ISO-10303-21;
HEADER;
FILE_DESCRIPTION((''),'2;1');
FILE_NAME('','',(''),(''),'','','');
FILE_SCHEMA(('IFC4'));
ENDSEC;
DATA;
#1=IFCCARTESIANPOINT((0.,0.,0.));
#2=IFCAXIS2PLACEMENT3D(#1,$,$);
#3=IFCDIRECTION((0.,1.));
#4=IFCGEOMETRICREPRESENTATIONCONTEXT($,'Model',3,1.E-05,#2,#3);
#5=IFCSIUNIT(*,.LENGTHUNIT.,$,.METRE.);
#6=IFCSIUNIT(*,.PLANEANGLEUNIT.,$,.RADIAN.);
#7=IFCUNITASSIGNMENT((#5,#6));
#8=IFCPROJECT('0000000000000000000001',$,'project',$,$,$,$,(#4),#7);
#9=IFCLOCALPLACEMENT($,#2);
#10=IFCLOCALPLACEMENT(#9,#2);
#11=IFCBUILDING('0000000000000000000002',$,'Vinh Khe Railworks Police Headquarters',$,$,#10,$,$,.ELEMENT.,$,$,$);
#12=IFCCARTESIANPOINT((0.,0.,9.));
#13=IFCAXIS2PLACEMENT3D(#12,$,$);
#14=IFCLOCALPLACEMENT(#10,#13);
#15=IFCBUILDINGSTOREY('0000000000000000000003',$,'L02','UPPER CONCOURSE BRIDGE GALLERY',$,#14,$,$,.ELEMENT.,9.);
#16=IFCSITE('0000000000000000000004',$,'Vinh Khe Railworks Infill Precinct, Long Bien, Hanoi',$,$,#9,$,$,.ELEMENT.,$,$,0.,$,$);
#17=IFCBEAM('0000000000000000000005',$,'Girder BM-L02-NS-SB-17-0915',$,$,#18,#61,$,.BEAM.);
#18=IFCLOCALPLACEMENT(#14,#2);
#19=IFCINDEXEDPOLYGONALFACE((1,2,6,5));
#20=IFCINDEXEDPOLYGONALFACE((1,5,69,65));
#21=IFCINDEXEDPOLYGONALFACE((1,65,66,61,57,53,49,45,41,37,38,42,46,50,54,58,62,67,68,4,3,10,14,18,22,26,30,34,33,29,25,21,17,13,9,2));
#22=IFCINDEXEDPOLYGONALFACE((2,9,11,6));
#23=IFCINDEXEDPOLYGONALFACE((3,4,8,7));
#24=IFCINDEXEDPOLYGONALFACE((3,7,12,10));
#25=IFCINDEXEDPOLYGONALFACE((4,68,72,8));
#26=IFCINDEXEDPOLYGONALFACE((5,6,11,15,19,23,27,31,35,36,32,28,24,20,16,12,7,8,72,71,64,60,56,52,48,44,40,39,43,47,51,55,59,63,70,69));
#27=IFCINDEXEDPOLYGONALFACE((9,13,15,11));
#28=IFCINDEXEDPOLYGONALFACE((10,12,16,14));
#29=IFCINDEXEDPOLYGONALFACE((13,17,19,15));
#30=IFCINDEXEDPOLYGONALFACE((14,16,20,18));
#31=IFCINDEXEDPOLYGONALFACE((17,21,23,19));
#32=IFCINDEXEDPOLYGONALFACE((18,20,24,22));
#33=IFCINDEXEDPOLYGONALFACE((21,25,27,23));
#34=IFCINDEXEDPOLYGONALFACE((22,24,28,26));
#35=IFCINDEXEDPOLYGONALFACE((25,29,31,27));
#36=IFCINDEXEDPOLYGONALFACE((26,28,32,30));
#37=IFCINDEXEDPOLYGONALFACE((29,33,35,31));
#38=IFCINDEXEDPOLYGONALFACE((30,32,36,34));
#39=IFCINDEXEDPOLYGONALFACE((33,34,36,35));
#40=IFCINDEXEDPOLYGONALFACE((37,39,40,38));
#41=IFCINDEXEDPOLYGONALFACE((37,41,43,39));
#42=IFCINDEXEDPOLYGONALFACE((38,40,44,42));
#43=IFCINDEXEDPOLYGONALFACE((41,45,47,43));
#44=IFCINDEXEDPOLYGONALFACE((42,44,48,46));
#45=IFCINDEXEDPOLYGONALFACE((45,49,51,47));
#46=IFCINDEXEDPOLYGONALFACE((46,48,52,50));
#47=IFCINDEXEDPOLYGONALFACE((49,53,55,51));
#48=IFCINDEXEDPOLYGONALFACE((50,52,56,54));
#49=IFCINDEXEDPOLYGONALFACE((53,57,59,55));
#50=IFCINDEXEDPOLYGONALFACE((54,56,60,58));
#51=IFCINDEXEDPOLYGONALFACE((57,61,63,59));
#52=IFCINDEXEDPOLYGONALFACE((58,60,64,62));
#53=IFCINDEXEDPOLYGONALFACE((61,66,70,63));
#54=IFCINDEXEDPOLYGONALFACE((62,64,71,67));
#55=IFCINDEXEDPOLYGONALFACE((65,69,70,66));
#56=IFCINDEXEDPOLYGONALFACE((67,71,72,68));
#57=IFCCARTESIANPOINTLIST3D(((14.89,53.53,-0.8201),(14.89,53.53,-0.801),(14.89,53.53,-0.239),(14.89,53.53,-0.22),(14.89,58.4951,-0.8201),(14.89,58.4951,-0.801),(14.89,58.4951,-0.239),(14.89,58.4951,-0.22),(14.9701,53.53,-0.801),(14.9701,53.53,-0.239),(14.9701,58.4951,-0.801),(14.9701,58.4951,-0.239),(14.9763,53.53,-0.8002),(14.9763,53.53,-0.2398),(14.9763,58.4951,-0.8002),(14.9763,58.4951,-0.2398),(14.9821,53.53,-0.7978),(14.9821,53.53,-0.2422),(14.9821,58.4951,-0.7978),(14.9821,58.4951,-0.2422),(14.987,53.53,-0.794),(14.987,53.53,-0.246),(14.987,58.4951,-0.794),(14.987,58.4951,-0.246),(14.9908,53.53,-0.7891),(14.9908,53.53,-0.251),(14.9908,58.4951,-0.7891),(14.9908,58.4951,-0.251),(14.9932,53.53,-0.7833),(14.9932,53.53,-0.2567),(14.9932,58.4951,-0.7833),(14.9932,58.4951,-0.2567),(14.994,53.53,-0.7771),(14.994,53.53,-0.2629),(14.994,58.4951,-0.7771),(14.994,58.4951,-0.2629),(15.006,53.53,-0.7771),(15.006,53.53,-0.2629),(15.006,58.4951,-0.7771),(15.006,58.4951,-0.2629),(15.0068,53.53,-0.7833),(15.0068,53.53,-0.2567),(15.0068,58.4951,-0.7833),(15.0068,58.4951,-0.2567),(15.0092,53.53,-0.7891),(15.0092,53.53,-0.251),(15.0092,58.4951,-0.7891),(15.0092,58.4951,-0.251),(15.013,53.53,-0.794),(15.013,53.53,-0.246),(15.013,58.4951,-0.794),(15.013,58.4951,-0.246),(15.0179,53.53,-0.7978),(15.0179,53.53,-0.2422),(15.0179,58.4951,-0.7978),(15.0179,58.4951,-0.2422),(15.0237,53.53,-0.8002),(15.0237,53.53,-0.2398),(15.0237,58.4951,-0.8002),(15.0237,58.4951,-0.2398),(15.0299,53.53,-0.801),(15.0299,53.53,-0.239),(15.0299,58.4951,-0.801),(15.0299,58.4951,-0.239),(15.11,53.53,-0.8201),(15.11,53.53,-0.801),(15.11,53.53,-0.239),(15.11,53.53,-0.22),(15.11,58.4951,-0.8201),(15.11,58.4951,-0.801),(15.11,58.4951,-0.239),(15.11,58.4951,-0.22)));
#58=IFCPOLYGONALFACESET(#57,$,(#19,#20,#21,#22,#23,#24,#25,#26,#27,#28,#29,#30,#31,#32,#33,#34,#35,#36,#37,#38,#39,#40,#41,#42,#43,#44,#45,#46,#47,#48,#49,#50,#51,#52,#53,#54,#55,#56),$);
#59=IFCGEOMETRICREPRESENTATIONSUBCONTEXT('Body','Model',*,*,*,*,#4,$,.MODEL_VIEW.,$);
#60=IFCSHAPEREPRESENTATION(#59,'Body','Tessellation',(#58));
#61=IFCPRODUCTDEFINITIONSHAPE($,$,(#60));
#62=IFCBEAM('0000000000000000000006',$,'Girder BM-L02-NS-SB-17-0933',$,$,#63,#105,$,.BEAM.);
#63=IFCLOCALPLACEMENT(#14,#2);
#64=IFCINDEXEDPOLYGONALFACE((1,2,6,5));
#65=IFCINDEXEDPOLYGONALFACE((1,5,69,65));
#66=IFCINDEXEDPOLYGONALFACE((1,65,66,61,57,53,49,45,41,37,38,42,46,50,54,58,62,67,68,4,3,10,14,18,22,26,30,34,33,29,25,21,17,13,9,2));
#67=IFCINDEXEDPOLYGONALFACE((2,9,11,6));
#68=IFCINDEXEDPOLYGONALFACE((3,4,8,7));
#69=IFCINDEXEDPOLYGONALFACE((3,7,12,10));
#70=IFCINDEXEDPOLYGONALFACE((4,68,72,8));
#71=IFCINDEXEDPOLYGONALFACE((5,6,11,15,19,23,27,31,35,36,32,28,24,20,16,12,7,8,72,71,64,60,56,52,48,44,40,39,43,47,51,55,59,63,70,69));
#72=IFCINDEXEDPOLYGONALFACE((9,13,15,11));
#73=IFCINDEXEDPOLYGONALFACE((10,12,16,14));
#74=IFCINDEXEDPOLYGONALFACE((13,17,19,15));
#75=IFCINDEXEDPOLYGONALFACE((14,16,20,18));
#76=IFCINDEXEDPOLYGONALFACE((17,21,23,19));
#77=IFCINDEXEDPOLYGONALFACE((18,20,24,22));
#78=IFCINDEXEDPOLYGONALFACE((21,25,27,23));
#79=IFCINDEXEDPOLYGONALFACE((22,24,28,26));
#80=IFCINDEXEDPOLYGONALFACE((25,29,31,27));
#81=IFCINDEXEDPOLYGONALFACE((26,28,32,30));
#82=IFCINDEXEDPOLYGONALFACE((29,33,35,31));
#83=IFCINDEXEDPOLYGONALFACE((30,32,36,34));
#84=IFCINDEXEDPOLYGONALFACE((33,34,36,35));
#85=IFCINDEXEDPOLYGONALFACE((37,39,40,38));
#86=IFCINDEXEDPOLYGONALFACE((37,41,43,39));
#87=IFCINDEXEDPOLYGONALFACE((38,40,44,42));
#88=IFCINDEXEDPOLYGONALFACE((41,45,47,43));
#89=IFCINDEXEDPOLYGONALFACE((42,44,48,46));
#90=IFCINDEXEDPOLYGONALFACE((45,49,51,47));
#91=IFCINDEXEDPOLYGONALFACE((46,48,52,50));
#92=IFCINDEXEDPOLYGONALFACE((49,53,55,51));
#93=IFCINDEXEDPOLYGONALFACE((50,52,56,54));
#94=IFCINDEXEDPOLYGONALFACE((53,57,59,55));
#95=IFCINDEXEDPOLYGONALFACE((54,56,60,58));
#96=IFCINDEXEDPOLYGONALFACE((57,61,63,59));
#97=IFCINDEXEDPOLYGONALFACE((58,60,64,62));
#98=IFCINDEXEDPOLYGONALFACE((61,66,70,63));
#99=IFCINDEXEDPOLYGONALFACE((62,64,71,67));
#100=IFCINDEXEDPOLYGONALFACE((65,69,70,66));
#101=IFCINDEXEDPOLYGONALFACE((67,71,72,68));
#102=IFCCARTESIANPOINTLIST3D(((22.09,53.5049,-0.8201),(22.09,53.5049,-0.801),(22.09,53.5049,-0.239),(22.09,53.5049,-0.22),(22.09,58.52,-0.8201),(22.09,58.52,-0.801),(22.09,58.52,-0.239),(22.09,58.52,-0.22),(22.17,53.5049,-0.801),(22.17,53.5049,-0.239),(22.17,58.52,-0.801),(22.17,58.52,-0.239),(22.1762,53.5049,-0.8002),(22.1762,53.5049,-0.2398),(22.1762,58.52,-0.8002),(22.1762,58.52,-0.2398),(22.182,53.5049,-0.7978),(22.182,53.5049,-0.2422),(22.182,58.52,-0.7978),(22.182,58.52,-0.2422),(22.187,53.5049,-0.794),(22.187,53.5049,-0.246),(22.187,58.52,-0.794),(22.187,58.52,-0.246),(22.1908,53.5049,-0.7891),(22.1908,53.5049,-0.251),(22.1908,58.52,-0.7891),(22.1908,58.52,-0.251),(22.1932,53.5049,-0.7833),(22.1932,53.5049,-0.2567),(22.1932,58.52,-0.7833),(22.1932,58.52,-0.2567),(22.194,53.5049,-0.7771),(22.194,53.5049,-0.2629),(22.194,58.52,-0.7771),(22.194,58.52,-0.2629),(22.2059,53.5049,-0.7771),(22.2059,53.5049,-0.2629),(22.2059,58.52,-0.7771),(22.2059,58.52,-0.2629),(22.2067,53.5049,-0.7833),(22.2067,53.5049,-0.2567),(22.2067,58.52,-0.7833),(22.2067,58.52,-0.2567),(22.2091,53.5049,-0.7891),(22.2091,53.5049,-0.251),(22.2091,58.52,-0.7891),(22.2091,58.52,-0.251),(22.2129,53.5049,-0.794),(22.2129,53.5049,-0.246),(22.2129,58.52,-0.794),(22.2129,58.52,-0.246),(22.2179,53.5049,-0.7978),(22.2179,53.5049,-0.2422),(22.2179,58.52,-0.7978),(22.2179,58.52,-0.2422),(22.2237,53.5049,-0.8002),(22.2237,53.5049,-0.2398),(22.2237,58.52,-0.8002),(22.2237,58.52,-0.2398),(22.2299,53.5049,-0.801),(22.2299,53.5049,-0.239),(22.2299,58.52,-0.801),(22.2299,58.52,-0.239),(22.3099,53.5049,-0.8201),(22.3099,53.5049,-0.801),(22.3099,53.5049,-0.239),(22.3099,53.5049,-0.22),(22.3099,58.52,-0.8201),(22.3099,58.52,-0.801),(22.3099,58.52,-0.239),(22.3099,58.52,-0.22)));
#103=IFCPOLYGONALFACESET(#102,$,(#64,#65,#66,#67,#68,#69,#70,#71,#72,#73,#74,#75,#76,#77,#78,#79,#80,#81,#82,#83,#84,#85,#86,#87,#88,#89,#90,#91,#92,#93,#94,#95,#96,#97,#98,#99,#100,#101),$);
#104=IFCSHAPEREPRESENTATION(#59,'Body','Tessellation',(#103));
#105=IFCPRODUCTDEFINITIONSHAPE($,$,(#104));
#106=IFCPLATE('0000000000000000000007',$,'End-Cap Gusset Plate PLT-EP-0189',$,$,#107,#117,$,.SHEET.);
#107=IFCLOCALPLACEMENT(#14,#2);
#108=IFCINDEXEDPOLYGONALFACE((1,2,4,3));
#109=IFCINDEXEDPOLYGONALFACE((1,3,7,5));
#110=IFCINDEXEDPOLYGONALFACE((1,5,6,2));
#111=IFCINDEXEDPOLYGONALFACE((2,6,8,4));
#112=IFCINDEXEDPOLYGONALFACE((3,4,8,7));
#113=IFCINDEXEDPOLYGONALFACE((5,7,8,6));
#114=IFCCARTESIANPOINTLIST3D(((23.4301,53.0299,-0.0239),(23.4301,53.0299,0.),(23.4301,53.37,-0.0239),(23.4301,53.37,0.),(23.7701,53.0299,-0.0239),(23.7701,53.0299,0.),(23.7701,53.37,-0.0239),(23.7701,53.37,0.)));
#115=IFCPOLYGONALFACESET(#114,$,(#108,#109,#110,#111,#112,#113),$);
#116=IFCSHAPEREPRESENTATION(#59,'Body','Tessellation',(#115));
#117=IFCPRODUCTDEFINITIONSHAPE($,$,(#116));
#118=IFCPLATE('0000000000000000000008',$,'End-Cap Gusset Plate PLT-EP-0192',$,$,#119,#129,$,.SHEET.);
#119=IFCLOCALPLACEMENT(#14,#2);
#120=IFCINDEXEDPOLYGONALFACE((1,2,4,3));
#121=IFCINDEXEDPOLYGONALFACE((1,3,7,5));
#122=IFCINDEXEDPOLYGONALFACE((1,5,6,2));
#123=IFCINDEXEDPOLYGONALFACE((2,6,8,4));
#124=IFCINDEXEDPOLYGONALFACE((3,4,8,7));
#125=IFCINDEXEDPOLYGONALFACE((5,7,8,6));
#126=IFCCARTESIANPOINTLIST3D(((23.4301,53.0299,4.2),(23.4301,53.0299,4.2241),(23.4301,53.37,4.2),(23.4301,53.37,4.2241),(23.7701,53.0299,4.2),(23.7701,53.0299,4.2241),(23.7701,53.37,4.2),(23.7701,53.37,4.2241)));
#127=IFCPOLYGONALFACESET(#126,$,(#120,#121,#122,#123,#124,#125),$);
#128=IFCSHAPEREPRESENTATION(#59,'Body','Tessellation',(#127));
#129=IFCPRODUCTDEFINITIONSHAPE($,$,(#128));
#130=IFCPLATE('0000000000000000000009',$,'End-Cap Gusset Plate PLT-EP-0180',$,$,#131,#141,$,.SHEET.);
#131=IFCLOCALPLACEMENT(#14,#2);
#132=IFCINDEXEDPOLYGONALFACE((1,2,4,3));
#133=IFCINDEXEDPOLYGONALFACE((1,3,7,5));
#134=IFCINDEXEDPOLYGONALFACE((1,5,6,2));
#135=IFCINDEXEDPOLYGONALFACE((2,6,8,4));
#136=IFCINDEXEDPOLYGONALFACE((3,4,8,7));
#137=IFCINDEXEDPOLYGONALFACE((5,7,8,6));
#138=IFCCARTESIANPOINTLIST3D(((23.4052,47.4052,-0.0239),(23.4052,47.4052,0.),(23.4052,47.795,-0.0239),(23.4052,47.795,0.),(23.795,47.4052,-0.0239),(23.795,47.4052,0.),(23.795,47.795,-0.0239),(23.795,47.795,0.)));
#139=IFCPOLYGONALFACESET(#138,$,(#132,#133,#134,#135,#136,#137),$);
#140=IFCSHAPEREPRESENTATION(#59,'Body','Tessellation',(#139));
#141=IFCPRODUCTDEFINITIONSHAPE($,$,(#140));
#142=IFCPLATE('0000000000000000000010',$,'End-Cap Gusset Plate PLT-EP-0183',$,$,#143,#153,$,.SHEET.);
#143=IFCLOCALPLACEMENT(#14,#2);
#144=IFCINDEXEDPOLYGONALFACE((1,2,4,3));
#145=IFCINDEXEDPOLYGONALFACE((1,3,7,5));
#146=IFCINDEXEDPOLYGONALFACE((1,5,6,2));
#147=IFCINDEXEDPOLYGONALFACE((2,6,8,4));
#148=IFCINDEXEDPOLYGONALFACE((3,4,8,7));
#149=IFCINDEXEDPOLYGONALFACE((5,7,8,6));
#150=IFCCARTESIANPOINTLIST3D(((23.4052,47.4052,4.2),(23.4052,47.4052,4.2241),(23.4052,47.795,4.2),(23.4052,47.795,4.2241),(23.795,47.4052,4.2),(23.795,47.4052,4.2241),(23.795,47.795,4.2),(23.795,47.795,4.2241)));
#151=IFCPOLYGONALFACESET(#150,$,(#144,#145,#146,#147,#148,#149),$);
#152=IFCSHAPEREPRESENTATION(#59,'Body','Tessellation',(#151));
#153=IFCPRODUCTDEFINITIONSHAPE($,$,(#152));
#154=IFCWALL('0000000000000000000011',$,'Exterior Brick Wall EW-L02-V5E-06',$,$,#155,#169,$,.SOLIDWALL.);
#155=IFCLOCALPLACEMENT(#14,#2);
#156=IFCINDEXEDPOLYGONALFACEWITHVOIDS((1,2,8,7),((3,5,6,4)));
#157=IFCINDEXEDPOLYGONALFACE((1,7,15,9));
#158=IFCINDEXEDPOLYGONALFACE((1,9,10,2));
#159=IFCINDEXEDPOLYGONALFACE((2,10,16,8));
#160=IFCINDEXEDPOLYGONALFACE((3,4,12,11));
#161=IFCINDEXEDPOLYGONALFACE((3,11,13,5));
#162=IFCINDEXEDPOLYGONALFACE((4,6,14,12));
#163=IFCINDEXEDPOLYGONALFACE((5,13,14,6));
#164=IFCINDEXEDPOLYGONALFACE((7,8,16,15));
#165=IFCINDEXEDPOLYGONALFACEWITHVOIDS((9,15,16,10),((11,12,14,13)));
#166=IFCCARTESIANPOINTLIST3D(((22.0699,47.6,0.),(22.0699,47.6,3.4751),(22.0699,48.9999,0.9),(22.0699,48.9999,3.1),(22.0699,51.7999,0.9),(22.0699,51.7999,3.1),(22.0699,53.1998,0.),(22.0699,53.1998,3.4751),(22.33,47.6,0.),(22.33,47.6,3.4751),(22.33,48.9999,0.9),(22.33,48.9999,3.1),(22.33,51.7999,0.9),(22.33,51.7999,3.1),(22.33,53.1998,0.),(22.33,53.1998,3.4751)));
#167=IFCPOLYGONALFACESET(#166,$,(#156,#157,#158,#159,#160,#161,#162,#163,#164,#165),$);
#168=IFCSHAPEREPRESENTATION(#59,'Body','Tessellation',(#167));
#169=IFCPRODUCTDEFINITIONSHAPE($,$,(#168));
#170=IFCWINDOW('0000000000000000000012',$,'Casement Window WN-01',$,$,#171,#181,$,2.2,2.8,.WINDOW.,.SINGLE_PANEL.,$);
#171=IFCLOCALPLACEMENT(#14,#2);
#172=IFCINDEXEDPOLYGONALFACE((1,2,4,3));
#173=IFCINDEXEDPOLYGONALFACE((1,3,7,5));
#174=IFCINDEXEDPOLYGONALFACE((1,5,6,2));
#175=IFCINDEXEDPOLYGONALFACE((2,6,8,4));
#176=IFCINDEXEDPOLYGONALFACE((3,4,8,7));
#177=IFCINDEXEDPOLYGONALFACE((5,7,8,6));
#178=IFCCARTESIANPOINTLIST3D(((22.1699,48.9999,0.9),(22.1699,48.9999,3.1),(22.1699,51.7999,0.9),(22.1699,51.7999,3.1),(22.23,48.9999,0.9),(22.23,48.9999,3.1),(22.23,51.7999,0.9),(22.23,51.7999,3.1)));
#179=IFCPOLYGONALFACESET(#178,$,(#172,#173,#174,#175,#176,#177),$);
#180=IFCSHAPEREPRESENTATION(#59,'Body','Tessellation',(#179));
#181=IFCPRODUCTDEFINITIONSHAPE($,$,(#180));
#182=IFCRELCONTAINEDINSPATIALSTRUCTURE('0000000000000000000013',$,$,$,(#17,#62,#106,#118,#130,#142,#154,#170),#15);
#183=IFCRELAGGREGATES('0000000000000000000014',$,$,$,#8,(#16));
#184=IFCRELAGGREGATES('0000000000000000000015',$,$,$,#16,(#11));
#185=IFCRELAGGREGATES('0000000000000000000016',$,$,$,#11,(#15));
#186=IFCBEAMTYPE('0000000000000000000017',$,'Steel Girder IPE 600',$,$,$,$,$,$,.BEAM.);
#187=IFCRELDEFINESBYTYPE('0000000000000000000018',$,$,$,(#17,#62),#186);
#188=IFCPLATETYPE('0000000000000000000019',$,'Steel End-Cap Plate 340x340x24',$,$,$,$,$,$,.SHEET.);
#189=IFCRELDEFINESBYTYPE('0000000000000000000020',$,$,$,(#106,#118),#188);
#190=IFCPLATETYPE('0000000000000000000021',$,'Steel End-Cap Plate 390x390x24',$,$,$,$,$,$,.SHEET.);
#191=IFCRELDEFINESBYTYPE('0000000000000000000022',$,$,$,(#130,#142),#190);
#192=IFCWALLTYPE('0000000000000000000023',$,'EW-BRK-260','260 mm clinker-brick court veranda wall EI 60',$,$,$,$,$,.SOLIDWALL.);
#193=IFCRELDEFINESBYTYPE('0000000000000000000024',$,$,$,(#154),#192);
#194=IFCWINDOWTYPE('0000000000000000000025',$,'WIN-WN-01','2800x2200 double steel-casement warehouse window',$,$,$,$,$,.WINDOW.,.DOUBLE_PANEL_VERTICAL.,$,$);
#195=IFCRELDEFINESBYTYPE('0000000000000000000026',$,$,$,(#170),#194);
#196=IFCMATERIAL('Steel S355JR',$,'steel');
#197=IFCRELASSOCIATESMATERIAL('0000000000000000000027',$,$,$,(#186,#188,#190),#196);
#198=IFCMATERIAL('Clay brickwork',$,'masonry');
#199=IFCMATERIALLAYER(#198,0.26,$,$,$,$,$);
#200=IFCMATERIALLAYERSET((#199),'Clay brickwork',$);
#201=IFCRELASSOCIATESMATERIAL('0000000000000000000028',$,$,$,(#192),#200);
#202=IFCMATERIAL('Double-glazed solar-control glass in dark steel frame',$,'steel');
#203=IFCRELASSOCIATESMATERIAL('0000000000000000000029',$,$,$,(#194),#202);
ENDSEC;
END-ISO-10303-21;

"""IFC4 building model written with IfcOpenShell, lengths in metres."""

from ifc_helpers import new_model, si_unit, direction, frame, frame_2d, origin, origin_2d, place, context, subcontext, project, spatial, rectangle, i_section, extrude, material, layer, layer_set, material_profile, profile_set, type_object, element, fill, save


model = new_model("IFC4")

# Units and contexts
model_context = context("Model", 3, precision=1e-05, world=origin(), true_north=direction((0.0, 1.0)))
body_context = subcontext(model_context, "Body", "Model", "MODEL_VIEW")
ifc_project = project(units=[si_unit("LENGTHUNIT", "METRE"), si_unit("PLANEANGLEUNIT", "RADIAN")], contexts=[model_context])

# Site, building, storey
site_placement = place(None, origin())
site = spatial("IfcSite", under=ifc_project, at=site_placement, Name="Vinh Khe Railworks Infill Precinct, Long Bien, Hanoi", CompositionType="ELEMENT", RefElevation=0.0)
building_placement = place(site_placement, origin())
building = spatial("IfcBuilding", under=site, at=building_placement, Name="Vinh Khe Railworks Police Headquarters", CompositionType="ELEMENT")
storey_placement = place(building_placement, frame((0.0, 0.0, 9.0)))
storey = spatial("IfcBuildingStorey", under=building, at=storey_placement, Name="L02", Description="UPPER CONCOURSE BRIDGE GALLERY", CompositionType="ELEMENT", Elevation=9.0)

# Shared definitions
ifc_material_1 = material(Name="Steel S355JR", Category="steel")

# Beams
ifc_material_profile_1 = material_profile(ifc_material_1, i_section(OverallWidth=0.22, OverallDepth=0.6001, WebThickness=0.012, FlangeThickness=0.019, FilletRadius=0.0239, at=origin_2d()), Name="IPE 600")
ifc_profile_set_1 = profile_set([ifc_material_profile_1], Name="Steel S355JR")
beam_type_1 = type_object("IfcBeamType", Name="Steel Girder IPE 600", PredefinedType="BEAM", material=ifc_profile_set_1)
beam_1_placement = place(storey_placement, frame((15.0, 53.53, -0.52), z_axis=(0.0, 1.0, 0.0), x_axis=(-1.0, 0.0, 0.0)))
element("IfcBeam", 1, at=beam_1_placement, inside=storey, type_object=beam_type_1, Name="Girder BM-L02-NS-SB-17-0915", PredefinedType="BEAM", context=body_context, shape_type="SweptSolid", body=[
    extrude(i_section(OverallWidth=0.22, OverallDepth=0.6001, WebThickness=0.012, FlangeThickness=0.019, FilletRadius=0.0239, at=origin_2d()), origin(), (0.0, 0.0, 1.0), 4.9651),
])
beam_2_placement = place(storey_placement, frame((22.2, 53.5049, -0.52), z_axis=(0.0, 1.0, 0.0), x_axis=(-1.0, 0.0, 0.0)))
element("IfcBeam", 2, at=beam_2_placement, inside=storey, type_object=beam_type_1, Name="Girder BM-L02-NS-SB-17-0933", PredefinedType="BEAM", context=body_context, shape_type="SweptSolid", body=[
    extrude(i_section(OverallWidth=0.22, OverallDepth=0.6001, WebThickness=0.012, FlangeThickness=0.019, FilletRadius=0.0239, at=origin_2d()), origin(), (0.0, 0.0, 1.0), 5.0151),
])

# Plates
ifc_material_profile_2 = material_profile(ifc_material_1, rectangle(XDim=0.3401, YDim=0.3401, at=origin_2d()), Name="PL 340x340")
ifc_profile_set_2 = profile_set([ifc_material_profile_2], Name="Steel S355JR")
plate_type_1 = type_object("IfcPlateType", Name="Steel End-Cap Plate 340x340x24", PredefinedType="SHEET", material=ifc_profile_set_2)
plate_1_placement = place(storey_placement, frame((23.6001, 53.2, 0.0), z_axis=(0.0, 0.0, -1.0), x_axis=(1.0, 0.0, 0.0)))
element("IfcPlate", 3, at=plate_1_placement, inside=storey, type_object=plate_type_1, Name="End-Cap Gusset Plate PLT-EP-0189", PredefinedType="SHEET", context=body_context, shape_type="SweptSolid", body=[
    extrude(rectangle(XDim=0.3401, YDim=0.3401, at=origin_2d()), origin(), (0.0, 0.0, 1.0), 0.0239),
])
plate_2_placement = place(storey_placement, frame((23.6001, 53.2, 4.2), z_axis=(0.0, 0.0, 1.0), x_axis=(1.0, 0.0, 0.0)))
element("IfcPlate", 4, at=plate_2_placement, inside=storey, type_object=plate_type_1, Name="End-Cap Gusset Plate PLT-EP-0192", PredefinedType="SHEET", context=body_context, shape_type="SweptSolid", body=[
    extrude(rectangle(XDim=0.3401, YDim=0.3401, at=origin_2d()), origin(), (0.0, 0.0, 1.0), 0.0242),
])
ifc_material_profile_3 = material_profile(ifc_material_1, rectangle(XDim=0.3899, YDim=0.3899, at=origin_2d()), Name="PL 390x390")
ifc_profile_set_3 = profile_set([ifc_material_profile_3], Name="Steel S355JR")
plate_type_2 = type_object("IfcPlateType", Name="Steel End-Cap Plate 390x390x24", PredefinedType="SHEET", material=ifc_profile_set_3)
plate_3_placement = place(storey_placement, frame((23.6001, 47.6001, 0.0), z_axis=(0.0, 0.0, -1.0), x_axis=(1.0, 0.0, 0.0)))
element("IfcPlate", 5, at=plate_3_placement, inside=storey, type_object=plate_type_2, Name="End-Cap Gusset Plate PLT-EP-0180", PredefinedType="SHEET", context=body_context, shape_type="SweptSolid", body=[
    extrude(rectangle(XDim=0.3899, YDim=0.3899, at=origin_2d()), origin(), (0.0, 0.0, 1.0), 0.0239),
])
plate_4_placement = place(storey_placement, frame((23.6001, 47.6001, 4.2), z_axis=(0.0, 0.0, 1.0), x_axis=(1.0, 0.0, 0.0)))
element("IfcPlate", 6, at=plate_4_placement, inside=storey, type_object=plate_type_2, Name="End-Cap Gusset Plate PLT-EP-0183", PredefinedType="SHEET", context=body_context, shape_type="SweptSolid", body=[
    extrude(rectangle(XDim=0.3899, YDim=0.3899, at=origin_2d()), origin(), (0.0, 0.0, 1.0), 0.0242),
])

# Wall, opening, window
ifc_material_2 = material(Name="Clay brickwork", Category="masonry")
ifc_layer = layer(ifc_material_2, 0.26)
ifc_layer_set = layer_set([ifc_layer], Name="Clay brickwork")
wall_type = type_object("IfcWallType", Name="EW-BRK-260", Description="260 mm clinker-brick court veranda wall EI 60", PredefinedType="SOLIDWALL", material=ifc_layer_set)
wall_1_placement = place(storey_placement, frame((22.2, 47.6001, 0.0), z_axis=(0.0, 0.0, 1.0), x_axis=(0.0, 1.0, 0.0)))
wall_1 = element("IfcWall", 7, at=wall_1_placement, inside=storey, type_object=wall_type, Name="Exterior Brick Wall EW-L02-V5E-06", PredefinedType="SOLIDWALL", context=body_context, shape_type="SweptSolid", body=[
    extrude(rectangle(XDim=5.5999, YDim=0.26, at=frame_2d((2.7998, 0.0))), origin(), (0.0, 0.0, 1.0), 3.4751),
])
opening_1_placement = place(wall_1_placement, frame((1.3999, 0.0, 0.8999)))
opening_1 = element("IfcOpeningElement", 8, at=opening_1_placement, cuts=wall_1, PredefinedType="OPENING", context=body_context, shape_type="SweptSolid", body=[
    extrude(rectangle(XDim=2.8, YDim=2.2, at=frame_2d((1.3999, 1.1001))), frame((0.0, 0.145, 0.0), z_axis=(0.0, -1.0, 0.0), x_axis=(1.0, 0.0, 0.0)), (0.0, 0.0, 1.0), 0.2898),
])
ifc_material_3 = material(Name="Double-glazed solar-control glass in dark steel frame", Category="steel")
window_type = type_object("IfcWindowType", Name="WIN-WN-01", Description="2800x2200 double steel-casement warehouse window", PartitioningType="DOUBLE_PANEL_VERTICAL", PredefinedType="WINDOW", material=ifc_material_3)
window_1_placement = place(opening_1_placement, origin())
window_1 = element("IfcWindow", 9, at=window_1_placement, inside=storey, type_object=window_type, Name="Casement Window WN-01", OverallHeight=2.2, OverallWidth=2.8, PartitioningType="SINGLE_PANEL", PredefinedType="WINDOW", context=body_context, shape_type="SweptSolid", body=[
    extrude(rectangle(XDim=2.8, YDim=2.2, at=frame_2d((1.3999, 1.1001))), frame((0.0, 0.03, 0.0), z_axis=(0.0, -1.0, 0.0), x_axis=(1.0, 0.0, 0.0)), (0.0, 0.0, 1.0), 0.0601),
])
fill(opening_1, window_1)

save(model, "model.ifc")
